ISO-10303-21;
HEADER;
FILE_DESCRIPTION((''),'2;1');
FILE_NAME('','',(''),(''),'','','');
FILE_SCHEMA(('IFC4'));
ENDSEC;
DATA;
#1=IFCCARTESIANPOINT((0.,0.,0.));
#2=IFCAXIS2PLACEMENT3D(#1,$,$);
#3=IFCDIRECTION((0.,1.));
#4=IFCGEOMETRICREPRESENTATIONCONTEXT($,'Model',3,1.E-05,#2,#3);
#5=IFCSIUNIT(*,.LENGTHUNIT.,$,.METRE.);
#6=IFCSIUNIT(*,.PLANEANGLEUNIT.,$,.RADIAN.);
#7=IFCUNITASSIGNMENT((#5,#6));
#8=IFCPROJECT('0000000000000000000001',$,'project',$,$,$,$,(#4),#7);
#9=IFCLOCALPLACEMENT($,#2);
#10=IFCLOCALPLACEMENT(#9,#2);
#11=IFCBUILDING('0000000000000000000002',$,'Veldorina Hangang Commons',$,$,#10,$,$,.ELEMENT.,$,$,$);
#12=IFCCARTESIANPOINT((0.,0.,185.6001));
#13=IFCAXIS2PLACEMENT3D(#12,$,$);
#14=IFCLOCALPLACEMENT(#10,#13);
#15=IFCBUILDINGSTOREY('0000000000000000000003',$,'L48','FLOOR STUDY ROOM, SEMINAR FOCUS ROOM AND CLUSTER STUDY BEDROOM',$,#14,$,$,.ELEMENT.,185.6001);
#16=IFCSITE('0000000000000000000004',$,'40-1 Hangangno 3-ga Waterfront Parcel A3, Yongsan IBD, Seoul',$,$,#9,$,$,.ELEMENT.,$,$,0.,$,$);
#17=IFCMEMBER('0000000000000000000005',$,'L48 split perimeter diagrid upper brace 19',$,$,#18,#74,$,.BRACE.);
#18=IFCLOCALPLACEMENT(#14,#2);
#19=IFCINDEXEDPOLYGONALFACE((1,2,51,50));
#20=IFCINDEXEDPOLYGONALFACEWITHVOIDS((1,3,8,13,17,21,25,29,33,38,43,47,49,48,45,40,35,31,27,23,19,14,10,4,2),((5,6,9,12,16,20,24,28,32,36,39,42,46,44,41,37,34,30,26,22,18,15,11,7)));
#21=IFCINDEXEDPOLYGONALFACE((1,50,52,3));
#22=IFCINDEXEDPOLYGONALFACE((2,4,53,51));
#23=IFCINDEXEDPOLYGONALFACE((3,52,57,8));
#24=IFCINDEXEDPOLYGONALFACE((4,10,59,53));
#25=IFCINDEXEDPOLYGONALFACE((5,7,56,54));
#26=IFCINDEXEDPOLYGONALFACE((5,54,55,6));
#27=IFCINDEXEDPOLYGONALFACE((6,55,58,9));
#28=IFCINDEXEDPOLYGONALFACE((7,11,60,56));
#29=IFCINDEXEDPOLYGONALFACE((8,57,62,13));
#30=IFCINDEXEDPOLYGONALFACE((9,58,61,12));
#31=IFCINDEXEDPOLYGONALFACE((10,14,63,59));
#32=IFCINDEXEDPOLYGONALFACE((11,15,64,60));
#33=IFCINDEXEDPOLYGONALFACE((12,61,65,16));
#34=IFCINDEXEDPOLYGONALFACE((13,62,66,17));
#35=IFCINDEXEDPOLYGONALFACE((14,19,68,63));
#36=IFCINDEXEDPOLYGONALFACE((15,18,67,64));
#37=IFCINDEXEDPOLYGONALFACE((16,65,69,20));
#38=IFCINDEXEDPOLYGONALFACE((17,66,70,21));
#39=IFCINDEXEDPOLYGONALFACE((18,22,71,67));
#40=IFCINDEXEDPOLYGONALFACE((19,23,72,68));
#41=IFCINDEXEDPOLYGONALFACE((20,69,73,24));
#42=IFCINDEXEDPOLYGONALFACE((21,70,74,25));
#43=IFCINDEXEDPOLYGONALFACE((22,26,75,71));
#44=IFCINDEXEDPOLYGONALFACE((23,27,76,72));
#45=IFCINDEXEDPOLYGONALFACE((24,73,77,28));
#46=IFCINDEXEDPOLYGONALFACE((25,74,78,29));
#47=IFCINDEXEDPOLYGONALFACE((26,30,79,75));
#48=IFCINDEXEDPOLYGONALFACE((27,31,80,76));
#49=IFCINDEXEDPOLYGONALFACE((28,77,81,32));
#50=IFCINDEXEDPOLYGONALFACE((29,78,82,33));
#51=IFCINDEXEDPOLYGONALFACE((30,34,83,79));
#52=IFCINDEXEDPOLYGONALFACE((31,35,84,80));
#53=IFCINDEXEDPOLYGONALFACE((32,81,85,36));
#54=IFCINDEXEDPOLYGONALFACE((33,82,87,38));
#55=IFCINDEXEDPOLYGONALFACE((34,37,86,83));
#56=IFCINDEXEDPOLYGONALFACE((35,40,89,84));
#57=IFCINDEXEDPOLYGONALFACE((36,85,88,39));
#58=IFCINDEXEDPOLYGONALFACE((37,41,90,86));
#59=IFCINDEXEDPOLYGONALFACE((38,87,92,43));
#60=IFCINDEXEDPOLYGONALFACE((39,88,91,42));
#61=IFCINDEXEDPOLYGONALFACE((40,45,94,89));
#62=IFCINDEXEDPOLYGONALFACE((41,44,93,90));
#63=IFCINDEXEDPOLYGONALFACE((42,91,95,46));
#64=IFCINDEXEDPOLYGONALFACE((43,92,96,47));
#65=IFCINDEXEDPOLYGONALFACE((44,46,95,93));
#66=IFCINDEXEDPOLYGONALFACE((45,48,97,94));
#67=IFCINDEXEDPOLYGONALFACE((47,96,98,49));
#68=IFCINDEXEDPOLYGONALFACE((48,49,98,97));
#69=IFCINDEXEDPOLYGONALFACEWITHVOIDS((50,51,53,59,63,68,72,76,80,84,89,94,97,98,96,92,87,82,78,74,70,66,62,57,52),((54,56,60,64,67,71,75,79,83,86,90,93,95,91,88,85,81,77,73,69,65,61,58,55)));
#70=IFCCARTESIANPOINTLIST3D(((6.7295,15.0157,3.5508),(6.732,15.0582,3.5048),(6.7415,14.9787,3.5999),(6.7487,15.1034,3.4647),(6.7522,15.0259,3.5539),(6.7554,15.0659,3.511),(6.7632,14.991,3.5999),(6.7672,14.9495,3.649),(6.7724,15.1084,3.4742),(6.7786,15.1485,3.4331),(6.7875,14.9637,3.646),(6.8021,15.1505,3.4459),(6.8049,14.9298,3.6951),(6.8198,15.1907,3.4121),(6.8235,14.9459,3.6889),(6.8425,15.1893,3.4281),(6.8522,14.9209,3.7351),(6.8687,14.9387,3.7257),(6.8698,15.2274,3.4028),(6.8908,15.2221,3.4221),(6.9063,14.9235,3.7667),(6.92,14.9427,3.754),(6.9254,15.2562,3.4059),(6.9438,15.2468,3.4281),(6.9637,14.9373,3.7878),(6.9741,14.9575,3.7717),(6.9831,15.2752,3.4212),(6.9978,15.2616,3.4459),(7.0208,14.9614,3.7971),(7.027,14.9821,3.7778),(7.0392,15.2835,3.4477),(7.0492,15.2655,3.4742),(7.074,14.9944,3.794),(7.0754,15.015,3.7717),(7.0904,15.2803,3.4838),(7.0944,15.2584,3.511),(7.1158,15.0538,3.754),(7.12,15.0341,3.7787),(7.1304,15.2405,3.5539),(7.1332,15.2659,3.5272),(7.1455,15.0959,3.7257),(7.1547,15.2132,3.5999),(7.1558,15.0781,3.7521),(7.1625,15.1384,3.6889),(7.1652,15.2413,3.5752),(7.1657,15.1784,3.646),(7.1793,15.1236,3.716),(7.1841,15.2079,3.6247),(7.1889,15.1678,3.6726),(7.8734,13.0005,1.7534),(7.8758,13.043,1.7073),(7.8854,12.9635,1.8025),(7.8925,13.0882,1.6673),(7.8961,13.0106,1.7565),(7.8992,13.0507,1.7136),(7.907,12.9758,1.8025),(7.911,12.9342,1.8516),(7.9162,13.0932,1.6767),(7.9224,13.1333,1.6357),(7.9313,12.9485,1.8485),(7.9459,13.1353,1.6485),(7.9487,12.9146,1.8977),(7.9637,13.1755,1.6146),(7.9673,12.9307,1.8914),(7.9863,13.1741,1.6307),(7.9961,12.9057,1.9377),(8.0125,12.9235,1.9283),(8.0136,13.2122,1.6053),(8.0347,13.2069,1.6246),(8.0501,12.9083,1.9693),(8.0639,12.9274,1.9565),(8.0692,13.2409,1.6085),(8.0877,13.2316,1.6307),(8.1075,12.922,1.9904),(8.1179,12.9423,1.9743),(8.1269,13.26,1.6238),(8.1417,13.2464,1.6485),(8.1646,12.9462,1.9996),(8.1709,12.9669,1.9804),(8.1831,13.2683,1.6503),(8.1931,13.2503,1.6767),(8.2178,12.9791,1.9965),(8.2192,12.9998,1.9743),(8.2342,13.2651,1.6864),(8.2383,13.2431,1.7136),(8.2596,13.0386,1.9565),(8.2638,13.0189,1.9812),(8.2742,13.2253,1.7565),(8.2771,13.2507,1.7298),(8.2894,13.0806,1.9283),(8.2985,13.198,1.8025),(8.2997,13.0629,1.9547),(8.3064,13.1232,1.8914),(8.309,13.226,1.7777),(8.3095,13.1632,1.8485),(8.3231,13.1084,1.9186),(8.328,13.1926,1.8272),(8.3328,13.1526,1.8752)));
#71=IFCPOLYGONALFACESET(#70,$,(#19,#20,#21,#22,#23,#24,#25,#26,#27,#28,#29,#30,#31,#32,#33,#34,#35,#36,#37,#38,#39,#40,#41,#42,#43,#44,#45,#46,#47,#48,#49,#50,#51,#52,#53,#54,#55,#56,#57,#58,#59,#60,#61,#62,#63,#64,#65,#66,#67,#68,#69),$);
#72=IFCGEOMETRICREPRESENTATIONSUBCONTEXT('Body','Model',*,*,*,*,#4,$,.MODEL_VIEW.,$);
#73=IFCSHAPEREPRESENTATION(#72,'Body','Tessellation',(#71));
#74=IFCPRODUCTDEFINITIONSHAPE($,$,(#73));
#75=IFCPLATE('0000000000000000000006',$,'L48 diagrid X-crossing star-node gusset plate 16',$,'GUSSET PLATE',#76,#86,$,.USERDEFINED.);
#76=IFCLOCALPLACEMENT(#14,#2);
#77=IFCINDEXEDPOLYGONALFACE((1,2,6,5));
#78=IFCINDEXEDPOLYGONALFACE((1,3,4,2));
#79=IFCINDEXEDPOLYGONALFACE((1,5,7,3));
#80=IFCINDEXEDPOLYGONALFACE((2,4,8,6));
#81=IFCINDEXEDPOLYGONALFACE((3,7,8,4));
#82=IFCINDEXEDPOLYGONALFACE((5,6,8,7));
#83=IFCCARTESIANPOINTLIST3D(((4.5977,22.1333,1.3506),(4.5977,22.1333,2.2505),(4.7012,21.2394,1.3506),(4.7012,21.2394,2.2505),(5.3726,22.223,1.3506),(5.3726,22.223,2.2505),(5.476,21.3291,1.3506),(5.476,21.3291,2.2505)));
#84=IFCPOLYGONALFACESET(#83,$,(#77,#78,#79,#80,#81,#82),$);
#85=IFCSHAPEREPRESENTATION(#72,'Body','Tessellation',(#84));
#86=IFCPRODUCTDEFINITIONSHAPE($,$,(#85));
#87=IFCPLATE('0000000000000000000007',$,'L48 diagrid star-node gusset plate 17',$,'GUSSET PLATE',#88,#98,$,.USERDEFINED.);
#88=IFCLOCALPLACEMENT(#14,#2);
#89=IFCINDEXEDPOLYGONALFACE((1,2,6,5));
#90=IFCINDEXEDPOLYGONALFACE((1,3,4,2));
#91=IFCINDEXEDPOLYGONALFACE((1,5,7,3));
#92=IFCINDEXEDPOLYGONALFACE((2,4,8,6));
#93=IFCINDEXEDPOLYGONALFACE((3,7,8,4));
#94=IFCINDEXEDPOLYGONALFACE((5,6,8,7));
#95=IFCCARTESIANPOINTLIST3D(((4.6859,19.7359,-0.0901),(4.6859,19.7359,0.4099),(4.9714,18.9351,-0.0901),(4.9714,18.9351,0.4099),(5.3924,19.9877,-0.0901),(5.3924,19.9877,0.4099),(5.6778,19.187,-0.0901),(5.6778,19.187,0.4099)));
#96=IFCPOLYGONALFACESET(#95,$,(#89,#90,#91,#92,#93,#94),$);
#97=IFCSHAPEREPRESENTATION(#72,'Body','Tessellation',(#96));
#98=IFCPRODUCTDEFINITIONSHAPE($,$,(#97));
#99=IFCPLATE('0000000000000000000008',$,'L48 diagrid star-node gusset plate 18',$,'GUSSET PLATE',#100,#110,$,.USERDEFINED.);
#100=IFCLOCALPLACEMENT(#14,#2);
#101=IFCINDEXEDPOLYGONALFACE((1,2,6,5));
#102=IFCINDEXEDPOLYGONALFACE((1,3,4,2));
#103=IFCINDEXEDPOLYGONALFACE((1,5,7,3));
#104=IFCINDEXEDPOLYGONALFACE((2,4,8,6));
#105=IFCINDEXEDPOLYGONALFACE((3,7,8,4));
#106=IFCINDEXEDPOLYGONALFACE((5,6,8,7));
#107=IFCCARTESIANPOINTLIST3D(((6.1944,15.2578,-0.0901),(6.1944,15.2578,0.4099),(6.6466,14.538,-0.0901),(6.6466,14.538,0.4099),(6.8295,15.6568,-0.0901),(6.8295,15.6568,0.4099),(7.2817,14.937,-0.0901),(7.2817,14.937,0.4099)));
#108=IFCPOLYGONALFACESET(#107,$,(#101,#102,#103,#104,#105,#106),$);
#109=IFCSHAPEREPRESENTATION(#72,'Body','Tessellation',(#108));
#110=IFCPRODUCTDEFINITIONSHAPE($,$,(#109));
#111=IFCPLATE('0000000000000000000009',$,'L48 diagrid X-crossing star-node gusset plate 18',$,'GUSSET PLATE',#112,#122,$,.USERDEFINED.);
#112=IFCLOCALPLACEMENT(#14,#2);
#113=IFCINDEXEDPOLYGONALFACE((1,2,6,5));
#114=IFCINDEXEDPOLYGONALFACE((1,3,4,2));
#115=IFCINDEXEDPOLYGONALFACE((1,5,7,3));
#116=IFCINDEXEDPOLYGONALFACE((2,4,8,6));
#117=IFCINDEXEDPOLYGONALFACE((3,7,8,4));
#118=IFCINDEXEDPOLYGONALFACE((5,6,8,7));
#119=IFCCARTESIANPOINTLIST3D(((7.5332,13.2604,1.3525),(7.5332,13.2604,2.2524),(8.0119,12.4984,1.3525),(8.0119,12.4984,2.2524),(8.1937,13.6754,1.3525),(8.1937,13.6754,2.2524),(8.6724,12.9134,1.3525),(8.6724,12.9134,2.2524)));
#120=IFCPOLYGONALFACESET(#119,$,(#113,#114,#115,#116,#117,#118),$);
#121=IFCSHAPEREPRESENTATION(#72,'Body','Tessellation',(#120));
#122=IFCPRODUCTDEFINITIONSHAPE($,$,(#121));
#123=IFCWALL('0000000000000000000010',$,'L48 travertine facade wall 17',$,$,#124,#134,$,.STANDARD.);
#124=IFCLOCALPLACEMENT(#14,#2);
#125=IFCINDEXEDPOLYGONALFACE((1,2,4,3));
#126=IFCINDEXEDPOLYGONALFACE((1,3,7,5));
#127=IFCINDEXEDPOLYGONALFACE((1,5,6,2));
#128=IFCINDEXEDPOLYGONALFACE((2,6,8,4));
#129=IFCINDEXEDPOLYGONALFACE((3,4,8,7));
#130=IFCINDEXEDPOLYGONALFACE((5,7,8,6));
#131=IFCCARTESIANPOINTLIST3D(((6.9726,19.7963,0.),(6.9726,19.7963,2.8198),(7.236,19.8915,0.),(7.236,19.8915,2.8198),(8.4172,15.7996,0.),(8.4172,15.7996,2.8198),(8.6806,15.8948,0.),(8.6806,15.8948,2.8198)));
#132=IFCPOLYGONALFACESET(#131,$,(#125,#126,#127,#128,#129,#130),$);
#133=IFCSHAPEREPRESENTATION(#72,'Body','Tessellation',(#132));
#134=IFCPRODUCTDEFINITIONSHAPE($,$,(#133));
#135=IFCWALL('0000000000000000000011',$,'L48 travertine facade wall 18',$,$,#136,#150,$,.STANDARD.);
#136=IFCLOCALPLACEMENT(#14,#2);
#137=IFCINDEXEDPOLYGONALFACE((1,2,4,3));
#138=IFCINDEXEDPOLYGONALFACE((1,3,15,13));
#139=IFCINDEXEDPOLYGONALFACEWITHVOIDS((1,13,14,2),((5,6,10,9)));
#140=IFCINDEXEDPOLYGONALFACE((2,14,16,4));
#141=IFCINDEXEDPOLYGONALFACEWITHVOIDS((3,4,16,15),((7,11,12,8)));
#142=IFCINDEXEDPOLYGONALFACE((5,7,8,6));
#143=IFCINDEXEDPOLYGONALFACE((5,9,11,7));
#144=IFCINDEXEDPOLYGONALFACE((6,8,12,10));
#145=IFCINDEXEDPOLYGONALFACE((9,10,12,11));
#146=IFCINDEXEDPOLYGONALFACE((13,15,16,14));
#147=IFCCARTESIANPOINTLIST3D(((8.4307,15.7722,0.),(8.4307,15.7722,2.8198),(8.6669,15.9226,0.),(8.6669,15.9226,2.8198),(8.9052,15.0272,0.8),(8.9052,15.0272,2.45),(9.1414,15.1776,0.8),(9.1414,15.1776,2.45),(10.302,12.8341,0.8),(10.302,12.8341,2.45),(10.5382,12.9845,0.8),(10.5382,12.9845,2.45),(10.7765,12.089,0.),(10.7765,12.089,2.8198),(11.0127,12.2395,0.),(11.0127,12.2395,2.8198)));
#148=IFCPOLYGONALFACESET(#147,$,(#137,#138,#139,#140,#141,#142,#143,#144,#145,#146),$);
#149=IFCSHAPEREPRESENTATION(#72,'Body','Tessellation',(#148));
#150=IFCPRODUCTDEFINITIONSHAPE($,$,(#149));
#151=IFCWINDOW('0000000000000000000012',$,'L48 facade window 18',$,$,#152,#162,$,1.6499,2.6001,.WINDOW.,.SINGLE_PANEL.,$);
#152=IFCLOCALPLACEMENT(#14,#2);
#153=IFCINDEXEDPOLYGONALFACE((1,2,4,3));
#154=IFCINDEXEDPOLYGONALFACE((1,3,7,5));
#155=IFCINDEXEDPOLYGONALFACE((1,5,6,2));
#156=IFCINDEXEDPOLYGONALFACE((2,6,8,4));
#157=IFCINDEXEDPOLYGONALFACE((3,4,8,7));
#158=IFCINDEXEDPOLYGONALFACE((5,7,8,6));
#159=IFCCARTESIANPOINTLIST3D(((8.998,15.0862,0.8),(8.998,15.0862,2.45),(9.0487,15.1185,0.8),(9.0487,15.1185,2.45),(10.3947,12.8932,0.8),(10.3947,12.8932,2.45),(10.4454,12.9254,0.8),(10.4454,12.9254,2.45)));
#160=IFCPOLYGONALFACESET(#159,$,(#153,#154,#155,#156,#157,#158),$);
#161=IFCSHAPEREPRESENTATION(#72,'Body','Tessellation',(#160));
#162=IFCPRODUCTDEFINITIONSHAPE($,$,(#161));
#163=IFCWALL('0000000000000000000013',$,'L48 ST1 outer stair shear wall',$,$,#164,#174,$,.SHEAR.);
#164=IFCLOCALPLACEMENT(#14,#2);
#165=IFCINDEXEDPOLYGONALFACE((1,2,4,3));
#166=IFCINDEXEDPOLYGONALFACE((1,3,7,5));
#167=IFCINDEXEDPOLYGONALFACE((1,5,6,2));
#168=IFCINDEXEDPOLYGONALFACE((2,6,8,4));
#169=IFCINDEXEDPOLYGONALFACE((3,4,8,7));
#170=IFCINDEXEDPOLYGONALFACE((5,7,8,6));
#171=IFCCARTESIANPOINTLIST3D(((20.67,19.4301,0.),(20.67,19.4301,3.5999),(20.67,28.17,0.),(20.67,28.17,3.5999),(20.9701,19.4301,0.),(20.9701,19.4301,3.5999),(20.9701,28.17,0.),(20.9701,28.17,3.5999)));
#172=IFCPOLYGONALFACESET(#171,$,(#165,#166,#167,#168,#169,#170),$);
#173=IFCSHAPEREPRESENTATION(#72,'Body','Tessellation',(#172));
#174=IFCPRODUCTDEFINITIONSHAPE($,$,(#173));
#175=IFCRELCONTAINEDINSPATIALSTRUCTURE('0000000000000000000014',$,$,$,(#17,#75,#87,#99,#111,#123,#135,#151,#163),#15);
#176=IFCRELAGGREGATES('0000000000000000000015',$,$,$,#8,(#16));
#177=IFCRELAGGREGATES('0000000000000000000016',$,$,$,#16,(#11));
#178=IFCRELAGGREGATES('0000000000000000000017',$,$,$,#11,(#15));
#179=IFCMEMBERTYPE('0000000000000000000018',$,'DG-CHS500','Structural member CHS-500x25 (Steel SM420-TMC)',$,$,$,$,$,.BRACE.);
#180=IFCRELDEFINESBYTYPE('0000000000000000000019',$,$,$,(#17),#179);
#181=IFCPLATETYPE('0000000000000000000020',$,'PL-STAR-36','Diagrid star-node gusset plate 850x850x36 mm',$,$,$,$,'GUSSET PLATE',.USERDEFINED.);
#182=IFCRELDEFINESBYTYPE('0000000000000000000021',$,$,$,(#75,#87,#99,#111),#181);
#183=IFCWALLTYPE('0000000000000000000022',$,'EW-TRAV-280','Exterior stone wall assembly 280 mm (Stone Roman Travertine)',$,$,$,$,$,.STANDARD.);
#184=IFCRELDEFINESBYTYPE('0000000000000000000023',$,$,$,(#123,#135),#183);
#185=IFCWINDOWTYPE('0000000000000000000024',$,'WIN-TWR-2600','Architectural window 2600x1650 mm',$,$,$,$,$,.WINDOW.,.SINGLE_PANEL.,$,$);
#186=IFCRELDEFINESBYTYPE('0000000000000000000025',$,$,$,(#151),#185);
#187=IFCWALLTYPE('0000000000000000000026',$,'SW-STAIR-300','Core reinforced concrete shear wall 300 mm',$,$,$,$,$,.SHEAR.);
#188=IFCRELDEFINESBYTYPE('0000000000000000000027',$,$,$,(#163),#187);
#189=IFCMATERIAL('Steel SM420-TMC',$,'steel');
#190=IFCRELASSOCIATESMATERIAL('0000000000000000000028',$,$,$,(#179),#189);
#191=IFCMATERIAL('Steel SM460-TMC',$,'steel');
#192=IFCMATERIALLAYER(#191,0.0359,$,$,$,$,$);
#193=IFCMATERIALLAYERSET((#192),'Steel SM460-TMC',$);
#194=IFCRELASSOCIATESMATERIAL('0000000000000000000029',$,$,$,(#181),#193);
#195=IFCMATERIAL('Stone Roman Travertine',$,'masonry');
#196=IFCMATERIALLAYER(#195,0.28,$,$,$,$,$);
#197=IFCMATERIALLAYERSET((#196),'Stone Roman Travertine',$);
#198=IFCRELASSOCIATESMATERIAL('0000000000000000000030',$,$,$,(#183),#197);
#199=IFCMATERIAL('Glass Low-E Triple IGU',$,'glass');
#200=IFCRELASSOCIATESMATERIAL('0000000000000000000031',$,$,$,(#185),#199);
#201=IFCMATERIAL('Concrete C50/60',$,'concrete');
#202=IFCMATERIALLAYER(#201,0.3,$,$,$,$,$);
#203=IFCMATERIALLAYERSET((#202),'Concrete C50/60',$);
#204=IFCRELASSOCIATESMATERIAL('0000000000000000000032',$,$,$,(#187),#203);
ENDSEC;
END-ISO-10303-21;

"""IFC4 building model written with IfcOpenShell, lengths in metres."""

from ifc_helpers import new_model, si_unit, direction, frame, frame_2d, origin, origin_2d, place, context, subcontext, project, spatial, rectangle, hollow_circle, extrude, material, layer, layer_set, material_profile, profile_set, type_object, element, fill, save


model = new_model("IFC4")

# Units and contexts
model_context = context("Model", 3, precision=1e-05, world=origin(), true_north=direction((0.0, 1.0)))
body_context = subcontext(model_context, "Body", "Model", "MODEL_VIEW")
ifc_project = project(units=[si_unit("LENGTHUNIT", "METRE"), si_unit("PLANEANGLEUNIT", "RADIAN")], contexts=[model_context])

# Site, building, storey
site_placement = place(None, origin())
site = spatial("IfcSite", under=ifc_project, at=site_placement, Name="40-1 Hangangno 3-ga Waterfront Parcel A3, Yongsan IBD, Seoul", CompositionType="ELEMENT", RefElevation=0.0)
building_placement = place(site_placement, origin())
building = spatial("IfcBuilding", under=site, at=building_placement, Name="Veldorina Hangang Commons", CompositionType="ELEMENT")
storey_placement = place(building_placement, frame((0.0, 0.0, 185.6001)))
storey = spatial("IfcBuildingStorey", under=building, at=storey_placement, Name="L48", Description="FLOOR STUDY ROOM, SEMINAR FOCUS ROOM AND CLUSTER STUDY BEDROOM", CompositionType="ELEMENT", Elevation=185.6001)

# Shared definitions
ifc_material_1 = material(Name="Steel SM420-TMC", Category="steel")

# Member
ifc_material_profile_1 = material_profile(ifc_material_1, hollow_circle(Radius=0.25, WallThickness=0.0249, at=origin_2d()), Name="CHS-500x25")
ifc_profile_set_1 = profile_set([ifc_material_profile_1], Name="Steel SM420-TMC")
member_type = type_object("IfcMemberType", Name="DG-CHS500", Description="Structural member CHS-500x25 (Steel SM420-TMC)", PredefinedType="BRACE", material=ifc_profile_set_1)
member_1_placement = place(storey_placement, frame((8.1028, 13.0869, 1.8025), z_axis=(-0.390042, 0.687173, 0.612911), x_axis=(-0.869672, -0.493629, 0.0)))
element("IfcMember", 1, at=member_1_placement, inside=storey, type_object=member_type, Name="L48 split perimeter diagrid upper brace 19", PredefinedType="BRACE", context=body_context, shape_type="SweptSolid", body=[
    extrude(hollow_circle(Radius=0.25, WallThickness=0.0249, at=origin_2d()), origin(), (0.0, 0.0, 1.0), 2.9326),
])

# Plates
ifc_material_2 = material(Name="Steel SM460-TMC", Category="steel")
ifc_layer_1 = layer(ifc_material_2, 0.0359)
ifc_layer_set_1 = layer_set([ifc_layer_1], Name="Steel SM460-TMC")
plate_type = type_object("IfcPlateType", Name="PL-STAR-36", Description="Diagrid star-node gusset plate 850x850x36 mm", ElementType="GUSSET PLATE", PredefinedType="USERDEFINED", material=ifc_layer_set_1)
plate_1_placement = place(storey_placement, frame((5.0369, 21.7312, 1.3506), z_axis=(0.0, 0.0, 1.0), x_axis=(0.114989, -0.993367, 0.0)))
element("IfcPlate", 2, at=plate_1_placement, inside=storey, type_object=plate_type, Name="L48 diagrid X-crossing star-node gusset plate 16", ObjectType="GUSSET PLATE", PredefinedType="USERDEFINED", context=body_context, shape_type="SweptSolid", body=[
    extrude(rectangle(XDim=0.8999, YDim=0.78, at=origin_2d()), origin(), (0.0, 0.0, 1.0), 0.8999),
])
for number, where, z_axis, x_axis, name in (
    (3, (5.1819, 19.4614, -0.0901), (0.0, 0.0, 1.0), (0.33583, -0.941923, 0.0), "L48 diagrid star-node gusset plate 17"),
    (4, (6.738, 15.0974, -0.0901), (0.0, 0.0, 1.0), (0.531975, -0.84676, 0.0), "L48 diagrid star-node gusset plate 18"),
):
    element("IfcPlate", number, at=place(storey_placement, frame(where, z_axis=z_axis, x_axis=x_axis)), inside=storey, type_object=plate_type, Name=name, ObjectType="GUSSET PLATE", PredefinedType="USERDEFINED", context=body_context, shape_type="SweptSolid", body=[
        extrude(rectangle(XDim=0.8501, YDim=0.75, at=origin_2d()), origin(), (0.0, 0.0, 1.0), 0.5),
    ])
plate_2_placement = place(storey_placement, frame((8.1028, 13.0869, 1.3525), z_axis=(0.0, 0.0, 1.0), x_axis=(0.531975, -0.84676, 0.0)))
element("IfcPlate", 5, at=plate_2_placement, inside=storey, type_object=plate_type, Name="L48 diagrid X-crossing star-node gusset plate 18", ObjectType="GUSSET PLATE", PredefinedType="USERDEFINED", context=body_context, shape_type="SweptSolid", body=[
    extrude(rectangle(XDim=0.8999, YDim=0.78, at=origin_2d()), origin(), (0.0, 0.0, 1.0), 0.8999),
])

# Wall
ifc_material_3 = material(Name="Stone Roman Travertine", Category="masonry")
ifc_layer_2 = layer(ifc_material_3, 0.28)
ifc_layer_set_2 = layer_set([ifc_layer_2], Name="Stone Roman Travertine")
wall_type_1 = type_object("IfcWallType", Name="EW-TRAV-280", Description="Exterior stone wall assembly 280 mm (Stone Roman Travertine)", PredefinedType="STANDARD", material=ifc_layer_set_2)
wall_1_placement = place(storey_placement, frame((7.1042, 19.844, 0.0), z_axis=(0.0, 0.0, 1.0), x_axis=(0.33993, -0.940451, 0.0)))
element("IfcWall", 6, at=wall_1_placement, inside=storey, type_object=wall_type_1, Name="L48 travertine facade wall 17", PredefinedType="STANDARD", context=body_context, shape_type="SweptSolid", body=[
    extrude(rectangle(XDim=4.2498, YDim=0.28, at=frame_2d((2.125, 0.0))), origin(), (0.0, 0.0, 1.0), 2.8198),
])

# Wall, opening, window
wall_2_placement = place(storey_placement, frame((8.5488, 15.8474, 0.0), z_axis=(0.0, 0.0, 1.0), x_axis=(0.537187, -0.843463, 0.0)))
wall_2 = element("IfcWall", 7, at=wall_2_placement, inside=storey, type_object=wall_type_1, Name="L48 travertine facade wall 18", PredefinedType="STANDARD", context=body_context, shape_type="SweptSolid", body=[
    extrude(rectangle(XDim=4.3667, YDim=0.28, at=frame_2d((2.1833, 0.0))), origin(), (0.0, 0.0, 1.0), 2.8198),
])
opening_1_placement = place(wall_2_placement, frame((0.8833, 0.0, 0.8)))
opening_1 = element("IfcOpeningElement", 8, at=opening_1_placement, cuts=wall_2, PredefinedType="OPENING", context=body_context, shape_type="SweptSolid", body=[
    extrude(rectangle(XDim=2.6001, YDim=1.6499, at=frame_2d((1.3, 0.825))), frame((0.0, 0.1499, 0.0), z_axis=(0.0, -1.0, 0.0), x_axis=(1.0, 0.0, 0.0)), (0.0, 0.0, 1.0), 0.3),
])
ifc_material_4 = material(Name="Glass Low-E Triple IGU", Category="glass")
window_type = type_object("IfcWindowType", Name="WIN-TWR-2600", Description="Architectural window 2600x1650 mm", PartitioningType="SINGLE_PANEL", PredefinedType="WINDOW", material=ifc_material_4)
window_placement = place(opening_1_placement, origin())
window = element("IfcWindow", 9, at=window_placement, inside=storey, type_object=window_type, Name="L48 facade window 18", OverallHeight=1.6499, OverallWidth=2.6001, PartitioningType="SINGLE_PANEL", PredefinedType="WINDOW", context=body_context, shape_type="SweptSolid", body=[
    extrude(rectangle(XDim=2.6001, YDim=1.6499, at=frame_2d((1.3, 0.825))), frame((0.0, 0.03, 0.0), z_axis=(0.0, -1.0, 0.0), x_axis=(1.0, 0.0, 0.0)), (0.0, 0.0, 1.0), 0.0601),
])
fill(opening_1, window)

# Wall
ifc_material_5 = material(Name="Concrete C50/60", Category="concrete")
ifc_layer_3 = layer(ifc_material_5, 0.3)
ifc_layer_set_3 = layer_set([ifc_layer_3], Name="Concrete C50/60")
wall_type_2 = type_object("IfcWallType", Name="SW-STAIR-300", Description="Core reinforced concrete shear wall 300 mm", PredefinedType="SHEAR", material=ifc_layer_set_3)
wall_3_placement = place(storey_placement, frame((20.8201, 19.4299, 0.0), z_axis=(0.0, 0.0, 1.0), x_axis=(0.0, 1.0, 0.0)))
element("IfcWall", 10, at=wall_3_placement, inside=storey, type_object=wall_type_2, Name="L48 ST1 outer stair shear wall", PredefinedType="SHEAR", context=body_context, shape_type="SweptSolid", body=[
    extrude(rectangle(XDim=8.74, YDim=0.3, at=frame_2d((4.3701, 0.0))), origin(), (0.0, 0.0, 1.0), 3.5999),
])

save(model, "model.ifc")
